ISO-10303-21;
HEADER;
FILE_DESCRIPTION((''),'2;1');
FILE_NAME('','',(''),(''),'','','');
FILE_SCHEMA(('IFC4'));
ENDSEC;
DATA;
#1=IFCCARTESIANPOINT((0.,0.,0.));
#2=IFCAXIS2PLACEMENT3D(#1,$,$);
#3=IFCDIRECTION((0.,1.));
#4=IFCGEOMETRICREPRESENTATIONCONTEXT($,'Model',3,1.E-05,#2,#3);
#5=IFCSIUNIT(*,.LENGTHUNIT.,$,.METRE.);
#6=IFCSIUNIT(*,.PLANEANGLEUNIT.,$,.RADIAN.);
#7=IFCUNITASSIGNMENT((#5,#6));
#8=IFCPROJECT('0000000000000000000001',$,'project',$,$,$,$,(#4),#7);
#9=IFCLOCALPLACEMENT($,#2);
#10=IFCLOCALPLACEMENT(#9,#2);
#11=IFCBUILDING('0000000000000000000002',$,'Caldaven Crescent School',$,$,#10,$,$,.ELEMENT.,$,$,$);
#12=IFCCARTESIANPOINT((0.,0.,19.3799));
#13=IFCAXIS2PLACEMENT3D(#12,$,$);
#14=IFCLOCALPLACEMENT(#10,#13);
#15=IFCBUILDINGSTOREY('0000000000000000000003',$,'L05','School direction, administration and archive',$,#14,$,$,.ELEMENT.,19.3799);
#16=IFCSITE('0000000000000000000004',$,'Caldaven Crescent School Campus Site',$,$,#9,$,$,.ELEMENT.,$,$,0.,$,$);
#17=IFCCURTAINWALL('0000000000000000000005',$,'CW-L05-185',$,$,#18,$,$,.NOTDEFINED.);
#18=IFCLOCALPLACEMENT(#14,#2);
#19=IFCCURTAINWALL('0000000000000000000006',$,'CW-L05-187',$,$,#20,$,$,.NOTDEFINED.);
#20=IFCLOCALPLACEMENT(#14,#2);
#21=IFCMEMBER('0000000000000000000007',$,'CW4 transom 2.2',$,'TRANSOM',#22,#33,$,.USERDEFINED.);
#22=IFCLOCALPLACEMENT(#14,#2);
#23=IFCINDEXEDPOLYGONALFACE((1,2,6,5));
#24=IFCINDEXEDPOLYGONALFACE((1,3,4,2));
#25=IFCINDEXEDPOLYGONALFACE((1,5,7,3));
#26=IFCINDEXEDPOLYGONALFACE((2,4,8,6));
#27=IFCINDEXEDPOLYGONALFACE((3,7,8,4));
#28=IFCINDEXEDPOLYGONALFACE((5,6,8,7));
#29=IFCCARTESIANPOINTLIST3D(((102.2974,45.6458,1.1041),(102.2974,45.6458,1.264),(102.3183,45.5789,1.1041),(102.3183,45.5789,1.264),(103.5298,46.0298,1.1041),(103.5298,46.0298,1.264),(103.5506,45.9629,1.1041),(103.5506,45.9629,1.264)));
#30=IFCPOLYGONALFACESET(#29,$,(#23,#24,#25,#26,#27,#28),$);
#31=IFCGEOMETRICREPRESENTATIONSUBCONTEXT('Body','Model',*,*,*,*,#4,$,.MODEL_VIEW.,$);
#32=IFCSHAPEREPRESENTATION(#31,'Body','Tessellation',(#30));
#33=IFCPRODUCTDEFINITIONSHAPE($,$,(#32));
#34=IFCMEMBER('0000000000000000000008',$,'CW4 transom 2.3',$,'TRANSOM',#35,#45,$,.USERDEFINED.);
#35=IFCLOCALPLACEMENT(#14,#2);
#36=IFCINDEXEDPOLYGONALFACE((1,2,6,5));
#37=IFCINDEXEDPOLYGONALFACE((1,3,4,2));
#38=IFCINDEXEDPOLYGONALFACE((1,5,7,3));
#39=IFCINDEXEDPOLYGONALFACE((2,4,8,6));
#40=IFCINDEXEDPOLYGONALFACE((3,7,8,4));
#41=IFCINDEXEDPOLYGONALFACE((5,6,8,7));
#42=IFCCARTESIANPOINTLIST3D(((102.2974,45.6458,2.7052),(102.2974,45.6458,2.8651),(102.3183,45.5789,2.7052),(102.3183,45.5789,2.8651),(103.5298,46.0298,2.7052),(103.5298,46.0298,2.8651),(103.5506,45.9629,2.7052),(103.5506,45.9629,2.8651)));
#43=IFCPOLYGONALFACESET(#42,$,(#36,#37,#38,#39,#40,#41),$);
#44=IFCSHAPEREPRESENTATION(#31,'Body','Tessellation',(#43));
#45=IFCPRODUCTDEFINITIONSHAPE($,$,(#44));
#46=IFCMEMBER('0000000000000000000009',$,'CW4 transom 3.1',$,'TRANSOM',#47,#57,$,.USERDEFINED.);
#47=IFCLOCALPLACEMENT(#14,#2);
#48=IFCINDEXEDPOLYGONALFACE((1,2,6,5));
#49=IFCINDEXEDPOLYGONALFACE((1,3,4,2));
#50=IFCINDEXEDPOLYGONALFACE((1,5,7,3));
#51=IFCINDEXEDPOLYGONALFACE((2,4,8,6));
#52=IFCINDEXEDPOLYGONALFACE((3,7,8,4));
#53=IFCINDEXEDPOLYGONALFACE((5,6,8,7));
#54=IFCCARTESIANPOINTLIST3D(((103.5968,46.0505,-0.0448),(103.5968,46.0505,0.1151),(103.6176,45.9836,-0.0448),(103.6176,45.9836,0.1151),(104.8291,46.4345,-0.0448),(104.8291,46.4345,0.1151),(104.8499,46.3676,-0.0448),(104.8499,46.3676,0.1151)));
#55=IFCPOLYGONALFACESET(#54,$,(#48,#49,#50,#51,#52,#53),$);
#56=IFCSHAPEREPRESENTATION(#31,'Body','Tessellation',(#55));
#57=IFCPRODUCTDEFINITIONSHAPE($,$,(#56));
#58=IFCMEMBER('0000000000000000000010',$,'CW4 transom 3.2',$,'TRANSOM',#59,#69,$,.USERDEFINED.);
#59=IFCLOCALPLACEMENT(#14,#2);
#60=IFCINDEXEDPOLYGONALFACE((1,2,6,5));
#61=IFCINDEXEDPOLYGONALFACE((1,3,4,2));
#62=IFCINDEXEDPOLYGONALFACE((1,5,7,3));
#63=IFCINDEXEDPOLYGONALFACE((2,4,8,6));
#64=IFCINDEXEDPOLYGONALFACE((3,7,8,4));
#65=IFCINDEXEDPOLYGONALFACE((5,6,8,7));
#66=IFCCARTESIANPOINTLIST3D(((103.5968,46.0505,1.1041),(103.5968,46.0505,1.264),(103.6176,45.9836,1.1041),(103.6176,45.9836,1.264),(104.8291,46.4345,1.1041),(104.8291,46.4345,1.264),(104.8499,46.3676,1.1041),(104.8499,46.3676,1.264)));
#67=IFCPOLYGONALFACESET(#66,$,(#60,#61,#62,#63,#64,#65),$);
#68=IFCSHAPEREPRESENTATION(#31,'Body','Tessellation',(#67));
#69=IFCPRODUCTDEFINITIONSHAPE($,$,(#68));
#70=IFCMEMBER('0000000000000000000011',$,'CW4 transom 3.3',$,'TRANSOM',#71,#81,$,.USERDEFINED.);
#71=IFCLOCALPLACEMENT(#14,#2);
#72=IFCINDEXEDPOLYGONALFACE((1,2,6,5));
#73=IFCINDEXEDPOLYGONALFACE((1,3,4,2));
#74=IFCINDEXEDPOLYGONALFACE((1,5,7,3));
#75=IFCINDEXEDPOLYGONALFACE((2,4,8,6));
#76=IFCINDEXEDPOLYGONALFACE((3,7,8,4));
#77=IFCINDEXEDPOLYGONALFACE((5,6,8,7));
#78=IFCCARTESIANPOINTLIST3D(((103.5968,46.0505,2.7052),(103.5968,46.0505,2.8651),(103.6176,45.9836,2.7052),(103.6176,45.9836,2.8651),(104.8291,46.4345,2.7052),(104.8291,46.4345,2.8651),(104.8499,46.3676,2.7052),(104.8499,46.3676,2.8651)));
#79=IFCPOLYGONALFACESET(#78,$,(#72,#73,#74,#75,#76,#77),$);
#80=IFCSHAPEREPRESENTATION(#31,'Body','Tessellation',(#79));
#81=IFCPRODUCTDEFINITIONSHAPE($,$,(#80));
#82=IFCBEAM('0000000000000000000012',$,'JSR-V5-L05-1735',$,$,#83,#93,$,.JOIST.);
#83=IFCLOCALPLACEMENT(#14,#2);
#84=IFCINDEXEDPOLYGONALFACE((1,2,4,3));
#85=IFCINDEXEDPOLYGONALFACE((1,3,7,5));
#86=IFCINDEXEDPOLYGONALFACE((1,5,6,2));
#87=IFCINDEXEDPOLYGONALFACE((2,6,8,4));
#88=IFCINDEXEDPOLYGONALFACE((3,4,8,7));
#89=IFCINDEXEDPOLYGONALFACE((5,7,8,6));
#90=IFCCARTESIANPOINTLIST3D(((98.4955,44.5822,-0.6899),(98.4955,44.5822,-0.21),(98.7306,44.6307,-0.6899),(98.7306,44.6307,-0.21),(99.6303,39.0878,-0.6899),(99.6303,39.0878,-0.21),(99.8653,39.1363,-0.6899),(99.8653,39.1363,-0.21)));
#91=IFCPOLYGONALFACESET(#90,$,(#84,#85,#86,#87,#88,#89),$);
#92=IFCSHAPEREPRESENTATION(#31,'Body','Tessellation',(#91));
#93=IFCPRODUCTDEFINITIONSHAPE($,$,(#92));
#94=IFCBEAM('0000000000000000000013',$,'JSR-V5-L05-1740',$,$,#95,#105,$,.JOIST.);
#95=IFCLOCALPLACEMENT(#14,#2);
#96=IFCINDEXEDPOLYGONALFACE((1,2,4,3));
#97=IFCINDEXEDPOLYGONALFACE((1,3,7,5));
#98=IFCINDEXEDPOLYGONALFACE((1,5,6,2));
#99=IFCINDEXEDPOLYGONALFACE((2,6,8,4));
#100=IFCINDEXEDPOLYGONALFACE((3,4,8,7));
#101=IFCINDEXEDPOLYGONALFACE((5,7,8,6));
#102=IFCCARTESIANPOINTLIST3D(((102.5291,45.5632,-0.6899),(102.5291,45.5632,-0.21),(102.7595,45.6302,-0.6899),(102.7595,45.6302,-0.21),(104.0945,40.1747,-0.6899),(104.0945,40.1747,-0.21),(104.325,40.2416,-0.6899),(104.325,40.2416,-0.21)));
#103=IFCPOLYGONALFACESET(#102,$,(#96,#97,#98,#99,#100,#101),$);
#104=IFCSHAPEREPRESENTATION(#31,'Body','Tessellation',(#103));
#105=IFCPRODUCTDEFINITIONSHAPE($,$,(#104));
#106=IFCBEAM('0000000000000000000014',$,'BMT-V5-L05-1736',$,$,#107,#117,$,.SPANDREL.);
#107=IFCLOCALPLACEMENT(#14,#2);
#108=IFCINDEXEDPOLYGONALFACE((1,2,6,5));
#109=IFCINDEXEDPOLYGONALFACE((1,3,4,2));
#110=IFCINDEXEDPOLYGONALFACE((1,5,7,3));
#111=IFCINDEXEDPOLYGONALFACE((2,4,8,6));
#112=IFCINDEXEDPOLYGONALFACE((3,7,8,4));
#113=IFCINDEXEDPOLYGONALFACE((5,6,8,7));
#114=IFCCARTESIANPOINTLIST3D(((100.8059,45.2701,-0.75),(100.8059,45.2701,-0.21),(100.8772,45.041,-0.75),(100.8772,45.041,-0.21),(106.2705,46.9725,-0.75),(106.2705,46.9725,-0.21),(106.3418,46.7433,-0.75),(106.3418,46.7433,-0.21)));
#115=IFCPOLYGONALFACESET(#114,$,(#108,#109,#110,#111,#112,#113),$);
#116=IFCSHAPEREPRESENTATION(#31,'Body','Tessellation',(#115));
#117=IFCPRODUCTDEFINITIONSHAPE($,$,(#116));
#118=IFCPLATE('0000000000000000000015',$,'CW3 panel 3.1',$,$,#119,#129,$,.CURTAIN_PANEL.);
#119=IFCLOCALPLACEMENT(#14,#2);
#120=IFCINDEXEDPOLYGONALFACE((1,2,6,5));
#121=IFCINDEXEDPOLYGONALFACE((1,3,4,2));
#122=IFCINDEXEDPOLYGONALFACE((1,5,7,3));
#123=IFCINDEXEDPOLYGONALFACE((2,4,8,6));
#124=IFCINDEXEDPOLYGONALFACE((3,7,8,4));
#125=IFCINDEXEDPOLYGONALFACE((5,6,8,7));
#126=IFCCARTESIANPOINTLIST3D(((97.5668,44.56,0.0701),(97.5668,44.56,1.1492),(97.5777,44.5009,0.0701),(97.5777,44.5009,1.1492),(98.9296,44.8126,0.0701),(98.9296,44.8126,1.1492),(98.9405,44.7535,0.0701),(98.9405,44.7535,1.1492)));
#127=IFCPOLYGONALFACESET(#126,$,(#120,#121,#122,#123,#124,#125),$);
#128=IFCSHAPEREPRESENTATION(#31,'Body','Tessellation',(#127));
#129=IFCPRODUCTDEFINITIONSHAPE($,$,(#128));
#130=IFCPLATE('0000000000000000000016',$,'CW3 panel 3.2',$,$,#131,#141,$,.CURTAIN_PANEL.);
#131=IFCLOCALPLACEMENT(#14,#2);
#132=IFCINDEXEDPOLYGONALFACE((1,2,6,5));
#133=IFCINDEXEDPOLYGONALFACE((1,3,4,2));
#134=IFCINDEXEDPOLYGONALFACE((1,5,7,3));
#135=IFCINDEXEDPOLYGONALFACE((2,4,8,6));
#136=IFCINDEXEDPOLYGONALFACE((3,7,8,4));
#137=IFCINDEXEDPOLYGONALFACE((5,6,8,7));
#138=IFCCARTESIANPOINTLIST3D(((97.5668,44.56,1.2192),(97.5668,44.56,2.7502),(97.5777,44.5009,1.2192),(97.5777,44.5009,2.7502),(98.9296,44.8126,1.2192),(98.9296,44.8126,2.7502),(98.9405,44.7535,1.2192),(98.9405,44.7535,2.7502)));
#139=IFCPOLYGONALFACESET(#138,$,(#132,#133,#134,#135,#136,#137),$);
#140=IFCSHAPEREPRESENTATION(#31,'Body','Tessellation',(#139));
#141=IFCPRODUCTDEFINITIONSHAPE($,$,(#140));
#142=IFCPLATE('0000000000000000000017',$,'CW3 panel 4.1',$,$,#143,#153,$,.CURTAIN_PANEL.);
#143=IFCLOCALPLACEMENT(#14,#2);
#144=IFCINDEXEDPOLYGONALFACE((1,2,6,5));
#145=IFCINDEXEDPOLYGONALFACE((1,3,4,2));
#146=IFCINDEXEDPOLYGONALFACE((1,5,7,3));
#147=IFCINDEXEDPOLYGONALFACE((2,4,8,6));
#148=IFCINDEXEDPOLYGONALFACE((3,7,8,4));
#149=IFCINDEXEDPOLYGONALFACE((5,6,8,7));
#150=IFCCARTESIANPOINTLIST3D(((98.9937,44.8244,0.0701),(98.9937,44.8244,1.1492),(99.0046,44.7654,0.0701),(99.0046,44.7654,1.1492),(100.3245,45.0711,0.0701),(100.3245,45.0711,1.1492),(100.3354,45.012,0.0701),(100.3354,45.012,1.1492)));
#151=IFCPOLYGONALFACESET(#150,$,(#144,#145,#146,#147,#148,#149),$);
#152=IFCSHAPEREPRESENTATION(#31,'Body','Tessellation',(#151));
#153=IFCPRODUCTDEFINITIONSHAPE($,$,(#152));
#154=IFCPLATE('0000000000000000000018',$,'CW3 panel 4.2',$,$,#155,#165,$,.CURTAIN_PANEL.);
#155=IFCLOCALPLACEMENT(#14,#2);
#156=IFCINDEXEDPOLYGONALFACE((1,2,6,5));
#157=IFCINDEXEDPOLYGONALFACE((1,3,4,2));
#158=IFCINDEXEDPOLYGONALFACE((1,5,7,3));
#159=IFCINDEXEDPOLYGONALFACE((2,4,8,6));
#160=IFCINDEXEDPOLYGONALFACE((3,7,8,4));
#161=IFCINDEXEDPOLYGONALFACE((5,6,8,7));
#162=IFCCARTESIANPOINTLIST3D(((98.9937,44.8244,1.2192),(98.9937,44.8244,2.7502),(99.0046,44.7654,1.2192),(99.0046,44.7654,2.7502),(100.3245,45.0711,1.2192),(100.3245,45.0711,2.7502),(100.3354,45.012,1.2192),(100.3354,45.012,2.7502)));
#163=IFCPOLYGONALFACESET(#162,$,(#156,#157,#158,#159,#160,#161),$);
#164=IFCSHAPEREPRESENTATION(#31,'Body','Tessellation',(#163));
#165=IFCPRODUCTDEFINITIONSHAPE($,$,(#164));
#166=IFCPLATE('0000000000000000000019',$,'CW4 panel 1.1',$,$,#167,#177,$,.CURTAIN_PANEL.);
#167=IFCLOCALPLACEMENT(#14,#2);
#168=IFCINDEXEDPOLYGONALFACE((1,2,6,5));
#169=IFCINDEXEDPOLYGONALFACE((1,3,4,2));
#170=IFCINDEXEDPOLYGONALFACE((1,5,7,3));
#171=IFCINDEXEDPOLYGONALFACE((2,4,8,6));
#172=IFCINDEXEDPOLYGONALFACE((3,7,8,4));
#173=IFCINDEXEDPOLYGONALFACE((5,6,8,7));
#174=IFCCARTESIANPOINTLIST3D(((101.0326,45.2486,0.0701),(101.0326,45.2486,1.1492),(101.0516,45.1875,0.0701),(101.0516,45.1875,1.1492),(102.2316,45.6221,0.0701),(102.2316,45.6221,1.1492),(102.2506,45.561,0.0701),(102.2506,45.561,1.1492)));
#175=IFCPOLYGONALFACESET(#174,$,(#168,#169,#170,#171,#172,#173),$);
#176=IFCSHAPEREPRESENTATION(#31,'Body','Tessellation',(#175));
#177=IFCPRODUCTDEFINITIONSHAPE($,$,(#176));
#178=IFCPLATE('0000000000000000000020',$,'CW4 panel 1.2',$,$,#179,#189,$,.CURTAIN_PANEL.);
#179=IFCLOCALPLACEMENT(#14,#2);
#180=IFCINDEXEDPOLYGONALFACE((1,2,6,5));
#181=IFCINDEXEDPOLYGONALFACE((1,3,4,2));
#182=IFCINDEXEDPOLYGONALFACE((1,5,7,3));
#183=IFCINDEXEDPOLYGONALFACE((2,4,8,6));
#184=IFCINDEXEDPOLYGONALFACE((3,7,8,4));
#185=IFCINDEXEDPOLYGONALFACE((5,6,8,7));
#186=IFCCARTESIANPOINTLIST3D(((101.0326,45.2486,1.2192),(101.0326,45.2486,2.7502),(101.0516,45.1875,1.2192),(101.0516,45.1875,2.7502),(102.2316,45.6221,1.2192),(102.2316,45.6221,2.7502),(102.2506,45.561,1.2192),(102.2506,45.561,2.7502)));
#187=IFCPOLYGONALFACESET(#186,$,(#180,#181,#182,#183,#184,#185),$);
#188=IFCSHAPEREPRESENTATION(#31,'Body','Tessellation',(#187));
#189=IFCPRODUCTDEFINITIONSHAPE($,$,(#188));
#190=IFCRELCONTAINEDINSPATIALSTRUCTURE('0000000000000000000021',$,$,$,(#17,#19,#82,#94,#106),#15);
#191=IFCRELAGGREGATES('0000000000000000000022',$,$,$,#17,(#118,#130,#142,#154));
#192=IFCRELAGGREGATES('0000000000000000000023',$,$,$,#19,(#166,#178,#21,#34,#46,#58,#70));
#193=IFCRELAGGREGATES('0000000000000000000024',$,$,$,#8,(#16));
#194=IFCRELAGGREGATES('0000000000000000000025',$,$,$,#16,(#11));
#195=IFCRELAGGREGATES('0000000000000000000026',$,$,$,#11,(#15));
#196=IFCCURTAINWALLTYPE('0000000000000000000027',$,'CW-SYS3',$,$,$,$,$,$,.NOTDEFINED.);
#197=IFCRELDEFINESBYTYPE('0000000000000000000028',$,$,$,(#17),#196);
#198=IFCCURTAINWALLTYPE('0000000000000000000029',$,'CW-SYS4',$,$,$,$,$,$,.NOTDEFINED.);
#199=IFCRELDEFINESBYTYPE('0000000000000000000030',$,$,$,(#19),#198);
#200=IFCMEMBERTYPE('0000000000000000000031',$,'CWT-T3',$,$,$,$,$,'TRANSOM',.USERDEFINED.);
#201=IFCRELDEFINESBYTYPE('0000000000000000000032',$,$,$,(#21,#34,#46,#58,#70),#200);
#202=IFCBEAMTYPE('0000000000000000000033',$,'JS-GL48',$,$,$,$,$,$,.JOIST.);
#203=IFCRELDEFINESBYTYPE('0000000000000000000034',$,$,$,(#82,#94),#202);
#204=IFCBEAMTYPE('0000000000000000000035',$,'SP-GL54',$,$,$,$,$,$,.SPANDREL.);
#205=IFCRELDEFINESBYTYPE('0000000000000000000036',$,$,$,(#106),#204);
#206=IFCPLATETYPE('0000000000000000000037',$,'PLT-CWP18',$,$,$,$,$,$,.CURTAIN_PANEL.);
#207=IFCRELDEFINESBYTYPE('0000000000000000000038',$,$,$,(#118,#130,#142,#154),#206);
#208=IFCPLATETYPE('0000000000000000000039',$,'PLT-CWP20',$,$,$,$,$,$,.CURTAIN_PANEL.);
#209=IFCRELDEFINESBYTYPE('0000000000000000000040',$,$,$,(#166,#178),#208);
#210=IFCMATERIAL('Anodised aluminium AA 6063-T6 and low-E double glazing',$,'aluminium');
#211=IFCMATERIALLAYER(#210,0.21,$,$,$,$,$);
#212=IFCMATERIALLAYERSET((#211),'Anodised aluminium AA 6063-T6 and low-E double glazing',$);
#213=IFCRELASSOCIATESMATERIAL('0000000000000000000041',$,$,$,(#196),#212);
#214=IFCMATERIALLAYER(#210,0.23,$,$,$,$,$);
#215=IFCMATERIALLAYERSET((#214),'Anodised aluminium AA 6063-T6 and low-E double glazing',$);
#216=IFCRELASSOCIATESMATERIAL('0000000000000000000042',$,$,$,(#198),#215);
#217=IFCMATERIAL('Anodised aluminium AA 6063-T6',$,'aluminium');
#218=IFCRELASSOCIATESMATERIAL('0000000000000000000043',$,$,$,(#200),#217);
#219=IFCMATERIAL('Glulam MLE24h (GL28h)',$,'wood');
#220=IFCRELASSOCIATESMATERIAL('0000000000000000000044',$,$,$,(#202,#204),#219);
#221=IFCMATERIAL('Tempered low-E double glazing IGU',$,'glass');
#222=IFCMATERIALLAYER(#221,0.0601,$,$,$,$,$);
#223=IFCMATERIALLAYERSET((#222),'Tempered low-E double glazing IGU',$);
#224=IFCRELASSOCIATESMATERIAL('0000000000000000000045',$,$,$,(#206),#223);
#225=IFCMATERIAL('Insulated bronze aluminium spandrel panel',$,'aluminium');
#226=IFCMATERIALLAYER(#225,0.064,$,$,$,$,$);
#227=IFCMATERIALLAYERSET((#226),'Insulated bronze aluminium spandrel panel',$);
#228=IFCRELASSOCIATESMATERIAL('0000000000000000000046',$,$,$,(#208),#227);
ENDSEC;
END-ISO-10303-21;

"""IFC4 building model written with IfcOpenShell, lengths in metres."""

from ifc_helpers import new_model, si_unit, direction, frame, origin, origin_2d, place, context, subcontext, project, spatial, rectangle, extrude, material, layer, layer_set, material_profile, profile_set, type_object, element, aggregate, save


model = new_model("IFC4")

# Units and contexts
model_context = context("Model", 3, precision=1e-05, world=origin(), true_north=direction((0.0, 1.0)))
body_context = subcontext(model_context, "Body", "Model", "MODEL_VIEW")
ifc_project = project(units=[si_unit("LENGTHUNIT", "METRE"), si_unit("PLANEANGLEUNIT", "RADIAN")], contexts=[model_context])

# Site, building, storey
site_placement = place(None, origin())
site = spatial("IfcSite", under=ifc_project, at=site_placement, Name="Caldaven Crescent School Campus Site", CompositionType="ELEMENT", RefElevation=0.0)
building_placement = place(site_placement, origin())
building = spatial("IfcBuilding", under=site, at=building_placement, Name="Caldaven Crescent School", CompositionType="ELEMENT")
storey_placement = place(building_placement, frame((0.0, 0.0, 19.3799)))
storey = spatial("IfcBuildingStorey", under=building, at=storey_placement, Name="L05", Description="School direction, administration and archive", CompositionType="ELEMENT", Elevation=19.3799)

# Shared definitions
ifc_material_1 = material(Name="Glulam MLE24h (GL28h)", Category="wood")

# Curtain walls
ifc_material_2 = material(Name="Anodised aluminium AA 6063-T6 and low-E double glazing", Category="aluminium")
ifc_layer_1 = layer(ifc_material_2, 0.21)
ifc_layer_set_1 = layer_set([ifc_layer_1], Name="Anodised aluminium AA 6063-T6 and low-E double glazing")
curtain_wall_type_1 = type_object("IfcCurtainWallType", Name="CW-SYS3", PredefinedType="NOTDEFINED", material=ifc_layer_set_1)
curtain_wall_1_placement = place(storey_placement, origin())
curtain_wall_1 = element("IfcCurtainWall", 1, at=curtain_wall_1_placement, inside=storey, type_object=curtain_wall_type_1, Name="CW-L05-185", PredefinedType="NOTDEFINED")
ifc_material_3 = material(Name="Anodised aluminium AA 6063-T6", Category="aluminium")
ifc_layer_2 = layer(ifc_material_2, 0.23)
ifc_layer_set_2 = layer_set([ifc_layer_2], Name="Anodised aluminium AA 6063-T6 and low-E double glazing")
curtain_wall_type_2 = type_object("IfcCurtainWallType", Name="CW-SYS4", PredefinedType="NOTDEFINED", material=ifc_layer_set_2)
curtain_wall_2_placement = place(storey_placement, origin())
curtain_wall_2 = element("IfcCurtainWall", 2, at=curtain_wall_2_placement, inside=storey, type_object=curtain_wall_type_2, Name="CW-L05-187", PredefinedType="NOTDEFINED")

# Members
ifc_material_profile_1 = material_profile(ifc_material_3, rectangle(XDim=0.0701, YDim=0.1599, at=origin_2d()), Name="CWT 70x160")
ifc_profile_set_1 = profile_set([ifc_material_profile_1], Name="Anodised aluminium AA 6063-T6")
member_type_1 = type_object("IfcMemberType", Name="CWT-T3", ElementType="TRANSOM", PredefinedType="USERDEFINED", material=ifc_profile_set_1)
member_1_placement = place(storey_placement, frame((102.3079, 45.6123, 1.1841), z_axis=(0.954722, 0.2975, 0.0), x_axis=(-0.2975, 0.954722, 0.0)))
member_1 = element("IfcMember", 3, at=member_1_placement, type_object=member_type_1, Name="CW4 transom 2.2", ObjectType="TRANSOM", PredefinedType="USERDEFINED", context=body_context, shape_type="SweptSolid", body=[
    extrude(rectangle(XDim=0.0701, YDim=0.1599, at=origin_2d()), origin(), (0.0, 0.0, 1.0), 1.2908),
])
member_2_placement = place(storey_placement, frame((102.3079, 45.6123, 2.7852), z_axis=(0.954722, 0.2975, 0.0), x_axis=(-0.2975, 0.954722, 0.0)))
member_2 = element("IfcMember", 4, at=member_2_placement, type_object=member_type_1, Name="CW4 transom 2.3", ObjectType="TRANSOM", PredefinedType="USERDEFINED", context=body_context, shape_type="SweptSolid", body=[
    extrude(rectangle(XDim=0.0701, YDim=0.1599, at=origin_2d()), origin(), (0.0, 0.0, 1.0), 1.2908),
])
member_3_placement = place(storey_placement, frame((103.6072, 46.0171, 0.0352), z_axis=(0.954722, 0.2975, 0.0), x_axis=(-0.2975, 0.954722, 0.0)))
member_3 = element("IfcMember", 5, at=member_3_placement, type_object=member_type_1, Name="CW4 transom 3.1", ObjectType="TRANSOM", PredefinedType="USERDEFINED", context=body_context, shape_type="SweptSolid", body=[
    extrude(rectangle(XDim=0.0701, YDim=0.1599, at=origin_2d()), origin(), (0.0, 0.0, 1.0), 1.2908),
])
member_4_placement = place(storey_placement, frame((103.6072, 46.0171, 1.1841), z_axis=(0.954722, 0.2975, 0.0), x_axis=(-0.2975, 0.954722, 0.0)))
member_4 = element("IfcMember", 6, at=member_4_placement, type_object=member_type_1, Name="CW4 transom 3.2", ObjectType="TRANSOM", PredefinedType="USERDEFINED", context=body_context, shape_type="SweptSolid", body=[
    extrude(rectangle(XDim=0.0701, YDim=0.1599, at=origin_2d()), origin(), (0.0, 0.0, 1.0), 1.2908),
])
member_5_placement = place(storey_placement, frame((103.6072, 46.0171, 2.7852), z_axis=(0.954722, 0.2975, 0.0), x_axis=(-0.2975, 0.954722, 0.0)))
member_5 = element("IfcMember", 7, at=member_5_placement, type_object=member_type_1, Name="CW4 transom 3.3", ObjectType="TRANSOM", PredefinedType="USERDEFINED", context=body_context, shape_type="SweptSolid", body=[
    extrude(rectangle(XDim=0.0701, YDim=0.1599, at=origin_2d()), origin(), (0.0, 0.0, 1.0), 1.2908),
])

# Beams
ifc_material_profile_2 = material_profile(ifc_material_1, rectangle(XDim=0.24, YDim=0.48, at=origin_2d()), Name="MLE 240x480")
ifc_profile_set_2 = profile_set([ifc_material_profile_2], Name="Glulam MLE24h (GL28h)")
beam_type_1 = type_object("IfcBeamType", Name="JS-GL48", PredefinedType="JOIST", material=ifc_profile_set_2)
beam_1_placement = place(storey_placement, frame((98.613, 44.6064, -0.45), z_axis=(0.202263, -0.979331, 0.0), x_axis=(0.979331, 0.202263, 0.0)))
element("IfcBeam", 8, at=beam_1_placement, inside=storey, type_object=beam_type_1, Name="JSR-V5-L05-1735", PredefinedType="JOIST", context=body_context, shape_type="SweptSolid", body=[
    extrude(rectangle(XDim=0.24, YDim=0.48, at=origin_2d()), origin(), (0.0, 0.0, 1.0), 5.6104),
])
beam_2_placement = place(storey_placement, frame((102.6443, 45.5967, -0.45), z_axis=(0.278982, -0.960296, 0.0), x_axis=(0.960296, 0.278982, 0.0)))
element("IfcBeam", 9, at=beam_2_placement, inside=storey, type_object=beam_type_1, Name="JSR-V5-L05-1740", PredefinedType="JOIST", context=body_context, shape_type="SweptSolid", body=[
    extrude(rectangle(XDim=0.24, YDim=0.48, at=origin_2d()), origin(), (0.0, 0.0, 1.0), 5.6113),
])
ifc_material_profile_3 = material_profile(ifc_material_1, rectangle(XDim=0.24, YDim=0.54, at=origin_2d()), Name="MLE 240x540")
ifc_profile_set_3 = profile_set([ifc_material_profile_3], Name="Glulam MLE24h (GL28h)")
beam_type_2 = type_object("IfcBeamType", Name="SP-GL54", PredefinedType="SPANDREL", material=ifc_profile_set_3)
beam_3_placement = place(storey_placement, frame((100.8416, 45.1555, -0.48), z_axis=(0.954743, 0.297432, 0.0), x_axis=(-0.297432, 0.954743, 0.0)))
element("IfcBeam", 10, at=beam_3_placement, inside=storey, type_object=beam_type_2, Name="BMT-V5-L05-1736", PredefinedType="SPANDREL", context=body_context, shape_type="SweptSolid", body=[
    extrude(rectangle(XDim=0.24, YDim=0.54, at=origin_2d()), origin(), (0.0, 0.0, 1.0), 5.7236),
])

# Plates
ifc_material_4 = material(Name="Tempered low-E double glazing IGU", Category="glass")
ifc_layer_3 = layer(ifc_material_4, 0.0601)
ifc_layer_set_3 = layer_set([ifc_layer_3], Name="Tempered low-E double glazing IGU")
plate_type_1 = type_object("IfcPlateType", Name="PLT-CWP18", PredefinedType="CURTAIN_PANEL", material=ifc_layer_set_3)
plate_1_placement = place(storey_placement, frame((98.2537, 44.6567, 0.0701), z_axis=(0.0, 0.0, 1.0), x_axis=(0.983255, 0.182236, 0.0)))
plate_1 = element("IfcPlate", 11, at=plate_1_placement, type_object=plate_type_1, Name="CW3 panel 3.1", PredefinedType="CURTAIN_PANEL", context=body_context, shape_type="SweptSolid", body=[
    extrude(rectangle(XDim=1.386, YDim=0.0601, at=origin_2d()), origin(), (0.0, 0.0, 1.0), 1.0791),
])
plate_2_placement = place(storey_placement, frame((98.2537, 44.6567, 1.2192), z_axis=(0.0, 0.0, 1.0), x_axis=(0.983255, 0.182236, 0.0)))
plate_2 = element("IfcPlate", 12, at=plate_2_placement, type_object=plate_type_1, Name="CW3 panel 3.2", PredefinedType="CURTAIN_PANEL", context=body_context, shape_type="SweptSolid", body=[
    extrude(rectangle(XDim=1.386, YDim=0.0601, at=origin_2d()), origin(), (0.0, 0.0, 1.0), 1.531),
])
plate_3_placement = place(storey_placement, frame((99.6646, 44.9182, 0.0701), z_axis=(0.0, 0.0, 1.0), x_axis=(0.983255, 0.182236, 0.0)))
plate_3 = element("IfcPlate", 13, at=plate_3_placement, type_object=plate_type_1, Name="CW3 panel 4.1", PredefinedType="CURTAIN_PANEL", context=body_context, shape_type="SweptSolid", body=[
    extrude(rectangle(XDim=1.3535, YDim=0.0601, at=origin_2d()), origin(), (0.0, 0.0, 1.0), 1.0791),
])
plate_4_placement = place(storey_placement, frame((99.6646, 44.9182, 1.2192), z_axis=(0.0, 0.0, 1.0), x_axis=(0.983255, 0.182236, 0.0)))
plate_4 = element("IfcPlate", 14, at=plate_4_placement, type_object=plate_type_1, Name="CW3 panel 4.2", PredefinedType="CURTAIN_PANEL", context=body_context, shape_type="SweptSolid", body=[
    extrude(rectangle(XDim=1.3535, YDim=0.0601, at=origin_2d()), origin(), (0.0, 0.0, 1.0), 1.531),
])
aggregate(curtain_wall_1, [plate_1, plate_2, plate_3, plate_4])
ifc_material_5 = material(Name="Insulated bronze aluminium spandrel panel", Category="aluminium")
ifc_layer_4 = layer(ifc_material_5, 0.064)
ifc_layer_set_4 = layer_set([ifc_layer_4], Name="Insulated bronze aluminium spandrel panel")
plate_type_2 = type_object("IfcPlateType", Name="PLT-CWP20", PredefinedType="CURTAIN_PANEL", material=ifc_layer_set_4)
plate_5_placement = place(storey_placement, frame((101.6416, 45.4048, 0.0701), z_axis=(0.0, 0.0, 1.0), x_axis=(0.954747, 0.29742, 0.0)))
plate_5 = element("IfcPlate", 15, at=plate_5_placement, type_object=plate_type_2, Name="CW4 panel 1.1", PredefinedType="CURTAIN_PANEL", context=body_context, shape_type="SweptSolid", body=[
    extrude(rectangle(XDim=1.2559, YDim=0.064, at=origin_2d()), origin(), (0.0, 0.0, 1.0), 1.0791),
])
plate_6_placement = place(storey_placement, frame((101.6416, 45.4048, 1.2192), z_axis=(0.0, 0.0, 1.0), x_axis=(0.954747, 0.29742, 0.0)))
plate_6 = element("IfcPlate", 16, at=plate_6_placement, type_object=plate_type_2, Name="CW4 panel 1.2", PredefinedType="CURTAIN_PANEL", context=body_context, shape_type="SweptSolid", body=[
    extrude(rectangle(XDim=1.2559, YDim=0.064, at=origin_2d()), origin(), (0.0, 0.0, 1.0), 1.531),
])
aggregate(curtain_wall_2, [plate_5, plate_6, member_1, member_2, member_3, member_4, member_5])

save(model, "model.ifc")
